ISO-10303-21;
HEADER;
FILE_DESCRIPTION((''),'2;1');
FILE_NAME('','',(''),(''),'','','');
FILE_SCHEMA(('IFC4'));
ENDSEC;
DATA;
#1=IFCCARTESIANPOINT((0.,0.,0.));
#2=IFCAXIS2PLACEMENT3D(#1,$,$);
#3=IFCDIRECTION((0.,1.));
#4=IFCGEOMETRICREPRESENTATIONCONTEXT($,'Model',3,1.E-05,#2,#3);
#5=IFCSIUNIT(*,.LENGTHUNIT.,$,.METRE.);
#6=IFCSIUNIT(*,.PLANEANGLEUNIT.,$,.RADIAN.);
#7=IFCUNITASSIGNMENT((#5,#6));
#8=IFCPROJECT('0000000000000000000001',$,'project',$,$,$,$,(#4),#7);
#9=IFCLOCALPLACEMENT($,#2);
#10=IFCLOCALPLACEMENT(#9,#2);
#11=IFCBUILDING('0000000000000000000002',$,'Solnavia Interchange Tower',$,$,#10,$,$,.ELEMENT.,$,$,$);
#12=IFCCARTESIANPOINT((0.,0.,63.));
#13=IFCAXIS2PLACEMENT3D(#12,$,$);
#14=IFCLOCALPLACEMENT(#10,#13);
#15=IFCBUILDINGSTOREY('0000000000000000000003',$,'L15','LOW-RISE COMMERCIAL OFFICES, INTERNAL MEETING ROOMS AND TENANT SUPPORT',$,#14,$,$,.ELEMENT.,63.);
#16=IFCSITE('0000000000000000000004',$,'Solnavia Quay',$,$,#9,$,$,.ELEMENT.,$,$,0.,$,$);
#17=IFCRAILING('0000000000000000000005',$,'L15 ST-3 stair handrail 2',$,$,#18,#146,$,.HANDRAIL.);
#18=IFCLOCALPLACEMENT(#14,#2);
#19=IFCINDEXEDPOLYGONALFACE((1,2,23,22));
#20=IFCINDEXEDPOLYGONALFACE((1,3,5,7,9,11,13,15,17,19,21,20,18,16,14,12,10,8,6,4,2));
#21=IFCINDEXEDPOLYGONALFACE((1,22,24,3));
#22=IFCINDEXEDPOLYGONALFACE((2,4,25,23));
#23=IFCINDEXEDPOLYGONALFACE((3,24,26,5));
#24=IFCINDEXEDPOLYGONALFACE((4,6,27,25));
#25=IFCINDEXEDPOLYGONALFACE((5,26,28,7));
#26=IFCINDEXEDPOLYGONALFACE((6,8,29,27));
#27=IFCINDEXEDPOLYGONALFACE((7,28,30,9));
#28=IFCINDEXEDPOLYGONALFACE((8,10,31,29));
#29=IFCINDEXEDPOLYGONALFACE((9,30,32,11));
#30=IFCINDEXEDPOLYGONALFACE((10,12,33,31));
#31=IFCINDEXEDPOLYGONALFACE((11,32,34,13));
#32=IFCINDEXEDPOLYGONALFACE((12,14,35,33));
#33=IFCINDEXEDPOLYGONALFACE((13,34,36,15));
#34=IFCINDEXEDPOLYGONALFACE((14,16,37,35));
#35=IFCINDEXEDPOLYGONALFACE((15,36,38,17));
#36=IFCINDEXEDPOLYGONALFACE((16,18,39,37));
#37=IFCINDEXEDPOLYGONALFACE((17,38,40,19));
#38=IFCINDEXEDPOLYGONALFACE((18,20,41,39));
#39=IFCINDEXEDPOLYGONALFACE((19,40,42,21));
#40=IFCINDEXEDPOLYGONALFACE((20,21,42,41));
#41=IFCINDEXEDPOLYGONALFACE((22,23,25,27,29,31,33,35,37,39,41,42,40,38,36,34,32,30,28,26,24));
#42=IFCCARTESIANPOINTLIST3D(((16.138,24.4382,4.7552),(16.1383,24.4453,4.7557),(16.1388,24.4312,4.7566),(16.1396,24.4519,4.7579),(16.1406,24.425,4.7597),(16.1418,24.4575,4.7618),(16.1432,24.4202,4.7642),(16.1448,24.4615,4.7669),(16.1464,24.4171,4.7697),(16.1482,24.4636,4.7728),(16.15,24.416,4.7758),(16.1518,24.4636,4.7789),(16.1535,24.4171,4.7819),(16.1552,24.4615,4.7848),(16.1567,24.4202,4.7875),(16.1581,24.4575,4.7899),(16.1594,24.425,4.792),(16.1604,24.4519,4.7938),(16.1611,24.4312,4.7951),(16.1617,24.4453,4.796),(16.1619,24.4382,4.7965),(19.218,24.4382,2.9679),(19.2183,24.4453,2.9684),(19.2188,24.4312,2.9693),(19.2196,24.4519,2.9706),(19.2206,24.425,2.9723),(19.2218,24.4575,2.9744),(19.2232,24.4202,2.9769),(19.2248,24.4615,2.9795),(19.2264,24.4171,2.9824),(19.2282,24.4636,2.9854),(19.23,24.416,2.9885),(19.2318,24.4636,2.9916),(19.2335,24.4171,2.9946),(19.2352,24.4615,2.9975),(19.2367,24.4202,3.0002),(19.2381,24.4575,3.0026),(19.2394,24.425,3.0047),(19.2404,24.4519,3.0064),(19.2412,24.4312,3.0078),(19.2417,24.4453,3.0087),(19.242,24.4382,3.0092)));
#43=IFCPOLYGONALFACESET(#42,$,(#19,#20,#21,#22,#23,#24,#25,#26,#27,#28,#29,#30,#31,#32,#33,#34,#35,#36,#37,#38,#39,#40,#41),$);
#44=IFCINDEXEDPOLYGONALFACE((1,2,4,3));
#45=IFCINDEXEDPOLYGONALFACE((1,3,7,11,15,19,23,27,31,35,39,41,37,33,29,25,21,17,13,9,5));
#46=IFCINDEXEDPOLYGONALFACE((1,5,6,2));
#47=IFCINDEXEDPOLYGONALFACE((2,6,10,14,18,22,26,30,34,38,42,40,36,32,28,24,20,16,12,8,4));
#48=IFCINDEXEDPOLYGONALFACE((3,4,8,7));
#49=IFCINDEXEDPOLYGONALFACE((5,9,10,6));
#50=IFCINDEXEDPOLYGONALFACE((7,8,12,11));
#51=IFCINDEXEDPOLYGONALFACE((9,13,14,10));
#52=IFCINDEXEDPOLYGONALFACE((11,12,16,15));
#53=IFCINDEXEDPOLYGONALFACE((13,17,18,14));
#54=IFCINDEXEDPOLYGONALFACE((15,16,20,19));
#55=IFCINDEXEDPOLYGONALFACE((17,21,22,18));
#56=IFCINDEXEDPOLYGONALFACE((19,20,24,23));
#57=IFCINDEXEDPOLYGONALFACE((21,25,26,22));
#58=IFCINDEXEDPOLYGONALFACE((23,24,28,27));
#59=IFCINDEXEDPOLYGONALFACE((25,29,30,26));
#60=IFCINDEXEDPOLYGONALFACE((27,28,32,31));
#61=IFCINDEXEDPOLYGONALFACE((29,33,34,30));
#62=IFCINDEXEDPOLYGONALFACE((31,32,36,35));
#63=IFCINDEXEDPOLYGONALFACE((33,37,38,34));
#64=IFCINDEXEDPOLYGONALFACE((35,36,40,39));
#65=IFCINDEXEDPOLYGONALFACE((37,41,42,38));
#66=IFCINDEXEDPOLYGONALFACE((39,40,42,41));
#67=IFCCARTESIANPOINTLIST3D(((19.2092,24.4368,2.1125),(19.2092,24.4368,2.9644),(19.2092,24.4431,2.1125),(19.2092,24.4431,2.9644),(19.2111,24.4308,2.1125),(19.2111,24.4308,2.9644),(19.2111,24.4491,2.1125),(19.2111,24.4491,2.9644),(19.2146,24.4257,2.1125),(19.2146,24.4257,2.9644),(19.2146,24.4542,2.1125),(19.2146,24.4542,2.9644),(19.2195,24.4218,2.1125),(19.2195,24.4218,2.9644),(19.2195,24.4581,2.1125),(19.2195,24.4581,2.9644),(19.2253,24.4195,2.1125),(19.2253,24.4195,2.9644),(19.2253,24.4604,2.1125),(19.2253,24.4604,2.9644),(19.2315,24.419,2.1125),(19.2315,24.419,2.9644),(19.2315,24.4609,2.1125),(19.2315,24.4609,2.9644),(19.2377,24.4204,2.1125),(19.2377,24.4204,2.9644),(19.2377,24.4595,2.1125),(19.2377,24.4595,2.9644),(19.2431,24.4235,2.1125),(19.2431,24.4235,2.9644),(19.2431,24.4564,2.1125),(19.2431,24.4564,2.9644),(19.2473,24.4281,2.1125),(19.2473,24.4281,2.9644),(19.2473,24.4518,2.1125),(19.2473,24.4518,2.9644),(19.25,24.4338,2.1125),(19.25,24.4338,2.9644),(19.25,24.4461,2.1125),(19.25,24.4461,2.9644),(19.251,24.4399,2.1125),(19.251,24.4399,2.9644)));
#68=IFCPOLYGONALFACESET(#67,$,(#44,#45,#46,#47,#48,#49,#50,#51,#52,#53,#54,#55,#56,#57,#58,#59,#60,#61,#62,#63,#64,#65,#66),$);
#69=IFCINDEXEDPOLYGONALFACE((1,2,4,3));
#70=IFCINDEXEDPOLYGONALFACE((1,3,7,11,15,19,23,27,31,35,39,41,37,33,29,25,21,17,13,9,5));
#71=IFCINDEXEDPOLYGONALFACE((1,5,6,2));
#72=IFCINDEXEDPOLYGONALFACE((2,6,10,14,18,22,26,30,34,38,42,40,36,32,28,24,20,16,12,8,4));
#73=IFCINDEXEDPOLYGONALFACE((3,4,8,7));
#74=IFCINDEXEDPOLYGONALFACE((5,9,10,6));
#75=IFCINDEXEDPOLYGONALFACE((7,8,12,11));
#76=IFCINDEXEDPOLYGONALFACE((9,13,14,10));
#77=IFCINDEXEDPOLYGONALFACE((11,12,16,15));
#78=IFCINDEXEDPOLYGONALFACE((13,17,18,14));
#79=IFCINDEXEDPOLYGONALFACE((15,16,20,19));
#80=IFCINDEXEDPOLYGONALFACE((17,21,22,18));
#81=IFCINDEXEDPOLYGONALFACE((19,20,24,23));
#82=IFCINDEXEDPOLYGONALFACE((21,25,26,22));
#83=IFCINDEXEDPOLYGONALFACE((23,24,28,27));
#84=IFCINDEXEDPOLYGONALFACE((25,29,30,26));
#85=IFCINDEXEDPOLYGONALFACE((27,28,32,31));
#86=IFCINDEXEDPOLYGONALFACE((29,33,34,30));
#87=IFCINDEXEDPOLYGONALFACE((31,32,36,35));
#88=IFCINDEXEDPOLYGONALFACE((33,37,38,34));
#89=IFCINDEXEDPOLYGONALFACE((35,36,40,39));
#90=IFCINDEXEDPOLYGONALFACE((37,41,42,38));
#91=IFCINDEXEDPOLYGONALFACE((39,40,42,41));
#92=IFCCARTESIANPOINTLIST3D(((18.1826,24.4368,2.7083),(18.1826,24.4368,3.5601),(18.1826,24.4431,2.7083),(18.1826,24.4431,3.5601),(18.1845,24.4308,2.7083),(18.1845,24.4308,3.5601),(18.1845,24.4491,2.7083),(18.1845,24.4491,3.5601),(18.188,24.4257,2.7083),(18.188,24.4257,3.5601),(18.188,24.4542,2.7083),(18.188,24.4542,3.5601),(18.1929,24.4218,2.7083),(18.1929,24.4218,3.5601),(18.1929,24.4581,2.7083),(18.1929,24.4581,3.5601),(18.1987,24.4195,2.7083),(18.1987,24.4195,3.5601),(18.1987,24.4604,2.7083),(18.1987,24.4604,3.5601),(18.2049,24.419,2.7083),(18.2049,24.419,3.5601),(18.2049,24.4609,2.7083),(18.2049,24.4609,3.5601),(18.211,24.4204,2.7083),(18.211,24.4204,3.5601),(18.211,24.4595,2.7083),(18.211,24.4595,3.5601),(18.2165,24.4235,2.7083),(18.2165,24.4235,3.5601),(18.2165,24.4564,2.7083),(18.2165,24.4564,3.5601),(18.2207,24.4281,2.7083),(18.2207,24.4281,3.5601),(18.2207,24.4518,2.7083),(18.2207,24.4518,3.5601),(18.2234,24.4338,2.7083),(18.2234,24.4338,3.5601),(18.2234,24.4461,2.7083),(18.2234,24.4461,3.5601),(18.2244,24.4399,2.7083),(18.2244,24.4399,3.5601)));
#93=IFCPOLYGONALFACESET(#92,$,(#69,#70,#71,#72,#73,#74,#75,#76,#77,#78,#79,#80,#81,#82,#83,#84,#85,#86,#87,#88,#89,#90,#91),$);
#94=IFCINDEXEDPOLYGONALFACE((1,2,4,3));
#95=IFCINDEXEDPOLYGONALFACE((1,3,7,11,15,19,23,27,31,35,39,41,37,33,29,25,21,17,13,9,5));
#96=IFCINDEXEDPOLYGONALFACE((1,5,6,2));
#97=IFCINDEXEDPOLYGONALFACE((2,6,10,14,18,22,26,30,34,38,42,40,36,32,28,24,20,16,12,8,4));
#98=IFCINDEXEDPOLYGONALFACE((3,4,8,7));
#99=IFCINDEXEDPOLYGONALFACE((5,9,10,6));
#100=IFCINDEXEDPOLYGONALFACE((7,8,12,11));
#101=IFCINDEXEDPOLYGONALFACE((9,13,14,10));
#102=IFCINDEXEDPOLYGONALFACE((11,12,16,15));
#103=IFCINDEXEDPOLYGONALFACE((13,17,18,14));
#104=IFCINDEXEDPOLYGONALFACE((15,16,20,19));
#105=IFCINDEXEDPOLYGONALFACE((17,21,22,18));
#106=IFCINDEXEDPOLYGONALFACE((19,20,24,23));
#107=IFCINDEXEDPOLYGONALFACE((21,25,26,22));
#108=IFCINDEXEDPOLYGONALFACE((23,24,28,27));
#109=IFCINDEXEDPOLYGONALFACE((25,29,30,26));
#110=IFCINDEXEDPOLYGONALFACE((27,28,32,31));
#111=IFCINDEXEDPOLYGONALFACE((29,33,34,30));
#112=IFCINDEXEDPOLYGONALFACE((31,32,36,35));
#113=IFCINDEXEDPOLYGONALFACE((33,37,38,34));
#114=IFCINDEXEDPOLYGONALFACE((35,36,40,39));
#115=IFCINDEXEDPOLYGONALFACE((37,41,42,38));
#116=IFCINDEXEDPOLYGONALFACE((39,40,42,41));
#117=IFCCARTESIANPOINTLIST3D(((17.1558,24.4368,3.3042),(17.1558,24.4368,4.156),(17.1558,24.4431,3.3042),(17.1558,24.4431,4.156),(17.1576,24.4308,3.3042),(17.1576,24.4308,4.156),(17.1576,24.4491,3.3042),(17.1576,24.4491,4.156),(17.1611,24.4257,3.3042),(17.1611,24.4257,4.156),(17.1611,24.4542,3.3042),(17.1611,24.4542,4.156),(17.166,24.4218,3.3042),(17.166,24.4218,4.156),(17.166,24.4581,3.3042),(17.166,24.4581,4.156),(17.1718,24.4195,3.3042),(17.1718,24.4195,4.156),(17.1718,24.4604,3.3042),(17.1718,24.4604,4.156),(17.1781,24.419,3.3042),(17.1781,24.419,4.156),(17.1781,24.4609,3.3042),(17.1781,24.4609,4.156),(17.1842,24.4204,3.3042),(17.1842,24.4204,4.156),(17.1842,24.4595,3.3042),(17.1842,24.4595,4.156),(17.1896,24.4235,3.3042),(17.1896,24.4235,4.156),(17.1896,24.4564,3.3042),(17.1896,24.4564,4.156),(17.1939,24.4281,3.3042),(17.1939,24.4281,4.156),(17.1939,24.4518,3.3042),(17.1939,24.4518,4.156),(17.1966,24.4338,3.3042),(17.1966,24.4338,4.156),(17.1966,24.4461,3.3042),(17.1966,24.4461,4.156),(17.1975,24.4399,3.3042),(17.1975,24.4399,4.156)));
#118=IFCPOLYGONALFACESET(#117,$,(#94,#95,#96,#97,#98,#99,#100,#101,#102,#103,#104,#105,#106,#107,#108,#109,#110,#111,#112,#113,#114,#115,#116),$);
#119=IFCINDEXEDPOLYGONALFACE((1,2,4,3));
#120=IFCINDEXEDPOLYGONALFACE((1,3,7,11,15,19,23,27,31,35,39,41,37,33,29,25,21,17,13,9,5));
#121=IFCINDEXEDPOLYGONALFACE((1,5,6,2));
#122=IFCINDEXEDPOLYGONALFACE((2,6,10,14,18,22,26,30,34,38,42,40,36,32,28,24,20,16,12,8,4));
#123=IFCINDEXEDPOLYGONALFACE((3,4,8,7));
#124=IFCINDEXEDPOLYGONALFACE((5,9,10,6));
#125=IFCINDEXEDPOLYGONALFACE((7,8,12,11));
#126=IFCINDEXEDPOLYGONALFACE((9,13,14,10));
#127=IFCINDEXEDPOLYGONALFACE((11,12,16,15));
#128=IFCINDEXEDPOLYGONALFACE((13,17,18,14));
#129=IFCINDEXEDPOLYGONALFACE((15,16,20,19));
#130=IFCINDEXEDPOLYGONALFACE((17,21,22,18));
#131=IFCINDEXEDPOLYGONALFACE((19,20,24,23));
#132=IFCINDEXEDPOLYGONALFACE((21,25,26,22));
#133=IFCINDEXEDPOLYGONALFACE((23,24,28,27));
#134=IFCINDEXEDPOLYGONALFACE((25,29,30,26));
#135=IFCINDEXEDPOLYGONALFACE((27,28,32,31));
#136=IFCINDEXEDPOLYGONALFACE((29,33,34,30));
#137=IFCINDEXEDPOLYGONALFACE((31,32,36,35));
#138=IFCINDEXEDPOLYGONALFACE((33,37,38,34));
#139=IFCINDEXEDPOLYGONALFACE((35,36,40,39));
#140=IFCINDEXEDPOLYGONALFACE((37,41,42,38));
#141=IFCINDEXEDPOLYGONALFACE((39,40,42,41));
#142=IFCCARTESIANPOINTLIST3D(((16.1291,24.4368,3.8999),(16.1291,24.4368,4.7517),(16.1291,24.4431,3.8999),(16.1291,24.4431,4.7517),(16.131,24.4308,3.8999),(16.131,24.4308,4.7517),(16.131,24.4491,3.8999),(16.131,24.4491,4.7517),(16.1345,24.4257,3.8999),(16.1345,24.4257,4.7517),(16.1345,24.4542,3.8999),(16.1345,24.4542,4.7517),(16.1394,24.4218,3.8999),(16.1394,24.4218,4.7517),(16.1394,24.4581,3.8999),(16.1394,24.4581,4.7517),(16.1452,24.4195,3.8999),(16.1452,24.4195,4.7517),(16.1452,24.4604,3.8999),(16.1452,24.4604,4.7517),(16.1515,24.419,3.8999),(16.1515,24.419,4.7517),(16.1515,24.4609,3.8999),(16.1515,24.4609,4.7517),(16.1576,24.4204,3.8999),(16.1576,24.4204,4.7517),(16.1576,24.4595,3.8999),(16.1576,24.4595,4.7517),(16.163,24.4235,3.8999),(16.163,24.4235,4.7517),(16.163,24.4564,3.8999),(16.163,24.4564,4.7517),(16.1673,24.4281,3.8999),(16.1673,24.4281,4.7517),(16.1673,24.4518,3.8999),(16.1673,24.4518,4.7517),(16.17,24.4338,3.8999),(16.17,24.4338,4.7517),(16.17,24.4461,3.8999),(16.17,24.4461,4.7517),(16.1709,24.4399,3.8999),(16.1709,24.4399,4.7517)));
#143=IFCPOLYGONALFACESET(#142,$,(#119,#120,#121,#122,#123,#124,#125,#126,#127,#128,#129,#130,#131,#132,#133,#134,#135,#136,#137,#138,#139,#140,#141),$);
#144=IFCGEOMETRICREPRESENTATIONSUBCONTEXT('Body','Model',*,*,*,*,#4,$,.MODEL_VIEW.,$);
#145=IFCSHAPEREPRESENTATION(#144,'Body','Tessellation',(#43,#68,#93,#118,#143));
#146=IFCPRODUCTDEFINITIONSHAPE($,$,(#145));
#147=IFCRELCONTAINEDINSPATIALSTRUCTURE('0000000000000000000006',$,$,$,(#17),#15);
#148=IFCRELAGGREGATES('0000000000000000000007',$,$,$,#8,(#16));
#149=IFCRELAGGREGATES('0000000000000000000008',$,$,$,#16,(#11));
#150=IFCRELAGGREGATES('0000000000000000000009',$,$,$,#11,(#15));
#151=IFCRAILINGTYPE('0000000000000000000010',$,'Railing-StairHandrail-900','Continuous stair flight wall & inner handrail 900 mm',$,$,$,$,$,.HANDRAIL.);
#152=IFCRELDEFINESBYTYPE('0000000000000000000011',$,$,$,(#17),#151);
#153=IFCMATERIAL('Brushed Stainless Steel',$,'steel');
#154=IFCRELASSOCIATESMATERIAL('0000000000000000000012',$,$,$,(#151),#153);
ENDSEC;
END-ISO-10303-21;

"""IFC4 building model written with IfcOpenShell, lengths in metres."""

from ifc_helpers import new_model, si_unit, direction, frame, origin, origin_2d, place, context, subcontext, project, spatial, circle, extrude, material, type_object, element, save


model = new_model("IFC4")

# Units and contexts
model_context = context("Model", 3, precision=1e-05, world=origin(), true_north=direction((0.0, 1.0)))
body_context = subcontext(model_context, "Body", "Model", "MODEL_VIEW")
ifc_project = project(units=[si_unit("LENGTHUNIT", "METRE"), si_unit("PLANEANGLEUNIT", "RADIAN")], contexts=[model_context])

# Site, building, storey
site_placement = place(None, origin())
site = spatial("IfcSite", under=ifc_project, at=site_placement, Name="Solnavia Quay", CompositionType="ELEMENT", RefElevation=0.0)
building_placement = place(site_placement, origin())
building = spatial("IfcBuilding", under=site, at=building_placement, Name="Solnavia Interchange Tower", CompositionType="ELEMENT")
storey_placement = place(building_placement, frame((0.0, 0.0, 63.0)))
storey = spatial("IfcBuildingStorey", under=building, at=storey_placement, Name="L15", Description="LOW-RISE COMMERCIAL OFFICES, INTERNAL MEETING ROOMS AND TENANT SUPPORT", CompositionType="ELEMENT", Elevation=63.0)

# Railing
ifc_material_1 = material(Name="Brushed Stainless Steel", Category="steel")
railing_type_1 = type_object("IfcRailingType", Name="Railing-StairHandrail-900", Description="Continuous stair flight wall & inner handrail 900 mm", PredefinedType="HANDRAIL", material=ifc_material_1)
railing_1_placement = place(storey_placement, frame((19.23, 24.4399, 2.1125)))
element("IfcRailing", 1, at=railing_1_placement, inside=storey, type_object=railing_type_1, Name="L15 ST-3 stair handrail 2", PredefinedType="HANDRAIL", context=body_context, shape_type="SweptSolid", body=[
    extrude(circle(Radius=0.0239, at=origin_2d()), frame((0.0, 0.0, 0.876), z_axis=(-0.86492, 0.0, 0.501909), x_axis=(0.0, -1.0, 0.0)), (0.0, 0.0, 1.0), 3.561),
    extrude(circle(Radius=0.021, at=origin_2d()), origin(), (0.0, 0.0, 1.0), 0.8518),
    extrude(circle(Radius=0.021, at=origin_2d()), frame((-1.0266, 0.0, 0.5957)), (0.0, 0.0, 1.0), 0.8518),
    extrude(circle(Radius=0.021, at=origin_2d()), frame((-2.0535, 0.0, 1.1917)), (0.0, 0.0, 1.0), 0.8518),
    extrude(circle(Radius=0.021, at=origin_2d()), frame((-3.0801, 0.0, 1.7874)), (0.0, 0.0, 1.0), 0.8518),
])

save(model, "model.ifc")
